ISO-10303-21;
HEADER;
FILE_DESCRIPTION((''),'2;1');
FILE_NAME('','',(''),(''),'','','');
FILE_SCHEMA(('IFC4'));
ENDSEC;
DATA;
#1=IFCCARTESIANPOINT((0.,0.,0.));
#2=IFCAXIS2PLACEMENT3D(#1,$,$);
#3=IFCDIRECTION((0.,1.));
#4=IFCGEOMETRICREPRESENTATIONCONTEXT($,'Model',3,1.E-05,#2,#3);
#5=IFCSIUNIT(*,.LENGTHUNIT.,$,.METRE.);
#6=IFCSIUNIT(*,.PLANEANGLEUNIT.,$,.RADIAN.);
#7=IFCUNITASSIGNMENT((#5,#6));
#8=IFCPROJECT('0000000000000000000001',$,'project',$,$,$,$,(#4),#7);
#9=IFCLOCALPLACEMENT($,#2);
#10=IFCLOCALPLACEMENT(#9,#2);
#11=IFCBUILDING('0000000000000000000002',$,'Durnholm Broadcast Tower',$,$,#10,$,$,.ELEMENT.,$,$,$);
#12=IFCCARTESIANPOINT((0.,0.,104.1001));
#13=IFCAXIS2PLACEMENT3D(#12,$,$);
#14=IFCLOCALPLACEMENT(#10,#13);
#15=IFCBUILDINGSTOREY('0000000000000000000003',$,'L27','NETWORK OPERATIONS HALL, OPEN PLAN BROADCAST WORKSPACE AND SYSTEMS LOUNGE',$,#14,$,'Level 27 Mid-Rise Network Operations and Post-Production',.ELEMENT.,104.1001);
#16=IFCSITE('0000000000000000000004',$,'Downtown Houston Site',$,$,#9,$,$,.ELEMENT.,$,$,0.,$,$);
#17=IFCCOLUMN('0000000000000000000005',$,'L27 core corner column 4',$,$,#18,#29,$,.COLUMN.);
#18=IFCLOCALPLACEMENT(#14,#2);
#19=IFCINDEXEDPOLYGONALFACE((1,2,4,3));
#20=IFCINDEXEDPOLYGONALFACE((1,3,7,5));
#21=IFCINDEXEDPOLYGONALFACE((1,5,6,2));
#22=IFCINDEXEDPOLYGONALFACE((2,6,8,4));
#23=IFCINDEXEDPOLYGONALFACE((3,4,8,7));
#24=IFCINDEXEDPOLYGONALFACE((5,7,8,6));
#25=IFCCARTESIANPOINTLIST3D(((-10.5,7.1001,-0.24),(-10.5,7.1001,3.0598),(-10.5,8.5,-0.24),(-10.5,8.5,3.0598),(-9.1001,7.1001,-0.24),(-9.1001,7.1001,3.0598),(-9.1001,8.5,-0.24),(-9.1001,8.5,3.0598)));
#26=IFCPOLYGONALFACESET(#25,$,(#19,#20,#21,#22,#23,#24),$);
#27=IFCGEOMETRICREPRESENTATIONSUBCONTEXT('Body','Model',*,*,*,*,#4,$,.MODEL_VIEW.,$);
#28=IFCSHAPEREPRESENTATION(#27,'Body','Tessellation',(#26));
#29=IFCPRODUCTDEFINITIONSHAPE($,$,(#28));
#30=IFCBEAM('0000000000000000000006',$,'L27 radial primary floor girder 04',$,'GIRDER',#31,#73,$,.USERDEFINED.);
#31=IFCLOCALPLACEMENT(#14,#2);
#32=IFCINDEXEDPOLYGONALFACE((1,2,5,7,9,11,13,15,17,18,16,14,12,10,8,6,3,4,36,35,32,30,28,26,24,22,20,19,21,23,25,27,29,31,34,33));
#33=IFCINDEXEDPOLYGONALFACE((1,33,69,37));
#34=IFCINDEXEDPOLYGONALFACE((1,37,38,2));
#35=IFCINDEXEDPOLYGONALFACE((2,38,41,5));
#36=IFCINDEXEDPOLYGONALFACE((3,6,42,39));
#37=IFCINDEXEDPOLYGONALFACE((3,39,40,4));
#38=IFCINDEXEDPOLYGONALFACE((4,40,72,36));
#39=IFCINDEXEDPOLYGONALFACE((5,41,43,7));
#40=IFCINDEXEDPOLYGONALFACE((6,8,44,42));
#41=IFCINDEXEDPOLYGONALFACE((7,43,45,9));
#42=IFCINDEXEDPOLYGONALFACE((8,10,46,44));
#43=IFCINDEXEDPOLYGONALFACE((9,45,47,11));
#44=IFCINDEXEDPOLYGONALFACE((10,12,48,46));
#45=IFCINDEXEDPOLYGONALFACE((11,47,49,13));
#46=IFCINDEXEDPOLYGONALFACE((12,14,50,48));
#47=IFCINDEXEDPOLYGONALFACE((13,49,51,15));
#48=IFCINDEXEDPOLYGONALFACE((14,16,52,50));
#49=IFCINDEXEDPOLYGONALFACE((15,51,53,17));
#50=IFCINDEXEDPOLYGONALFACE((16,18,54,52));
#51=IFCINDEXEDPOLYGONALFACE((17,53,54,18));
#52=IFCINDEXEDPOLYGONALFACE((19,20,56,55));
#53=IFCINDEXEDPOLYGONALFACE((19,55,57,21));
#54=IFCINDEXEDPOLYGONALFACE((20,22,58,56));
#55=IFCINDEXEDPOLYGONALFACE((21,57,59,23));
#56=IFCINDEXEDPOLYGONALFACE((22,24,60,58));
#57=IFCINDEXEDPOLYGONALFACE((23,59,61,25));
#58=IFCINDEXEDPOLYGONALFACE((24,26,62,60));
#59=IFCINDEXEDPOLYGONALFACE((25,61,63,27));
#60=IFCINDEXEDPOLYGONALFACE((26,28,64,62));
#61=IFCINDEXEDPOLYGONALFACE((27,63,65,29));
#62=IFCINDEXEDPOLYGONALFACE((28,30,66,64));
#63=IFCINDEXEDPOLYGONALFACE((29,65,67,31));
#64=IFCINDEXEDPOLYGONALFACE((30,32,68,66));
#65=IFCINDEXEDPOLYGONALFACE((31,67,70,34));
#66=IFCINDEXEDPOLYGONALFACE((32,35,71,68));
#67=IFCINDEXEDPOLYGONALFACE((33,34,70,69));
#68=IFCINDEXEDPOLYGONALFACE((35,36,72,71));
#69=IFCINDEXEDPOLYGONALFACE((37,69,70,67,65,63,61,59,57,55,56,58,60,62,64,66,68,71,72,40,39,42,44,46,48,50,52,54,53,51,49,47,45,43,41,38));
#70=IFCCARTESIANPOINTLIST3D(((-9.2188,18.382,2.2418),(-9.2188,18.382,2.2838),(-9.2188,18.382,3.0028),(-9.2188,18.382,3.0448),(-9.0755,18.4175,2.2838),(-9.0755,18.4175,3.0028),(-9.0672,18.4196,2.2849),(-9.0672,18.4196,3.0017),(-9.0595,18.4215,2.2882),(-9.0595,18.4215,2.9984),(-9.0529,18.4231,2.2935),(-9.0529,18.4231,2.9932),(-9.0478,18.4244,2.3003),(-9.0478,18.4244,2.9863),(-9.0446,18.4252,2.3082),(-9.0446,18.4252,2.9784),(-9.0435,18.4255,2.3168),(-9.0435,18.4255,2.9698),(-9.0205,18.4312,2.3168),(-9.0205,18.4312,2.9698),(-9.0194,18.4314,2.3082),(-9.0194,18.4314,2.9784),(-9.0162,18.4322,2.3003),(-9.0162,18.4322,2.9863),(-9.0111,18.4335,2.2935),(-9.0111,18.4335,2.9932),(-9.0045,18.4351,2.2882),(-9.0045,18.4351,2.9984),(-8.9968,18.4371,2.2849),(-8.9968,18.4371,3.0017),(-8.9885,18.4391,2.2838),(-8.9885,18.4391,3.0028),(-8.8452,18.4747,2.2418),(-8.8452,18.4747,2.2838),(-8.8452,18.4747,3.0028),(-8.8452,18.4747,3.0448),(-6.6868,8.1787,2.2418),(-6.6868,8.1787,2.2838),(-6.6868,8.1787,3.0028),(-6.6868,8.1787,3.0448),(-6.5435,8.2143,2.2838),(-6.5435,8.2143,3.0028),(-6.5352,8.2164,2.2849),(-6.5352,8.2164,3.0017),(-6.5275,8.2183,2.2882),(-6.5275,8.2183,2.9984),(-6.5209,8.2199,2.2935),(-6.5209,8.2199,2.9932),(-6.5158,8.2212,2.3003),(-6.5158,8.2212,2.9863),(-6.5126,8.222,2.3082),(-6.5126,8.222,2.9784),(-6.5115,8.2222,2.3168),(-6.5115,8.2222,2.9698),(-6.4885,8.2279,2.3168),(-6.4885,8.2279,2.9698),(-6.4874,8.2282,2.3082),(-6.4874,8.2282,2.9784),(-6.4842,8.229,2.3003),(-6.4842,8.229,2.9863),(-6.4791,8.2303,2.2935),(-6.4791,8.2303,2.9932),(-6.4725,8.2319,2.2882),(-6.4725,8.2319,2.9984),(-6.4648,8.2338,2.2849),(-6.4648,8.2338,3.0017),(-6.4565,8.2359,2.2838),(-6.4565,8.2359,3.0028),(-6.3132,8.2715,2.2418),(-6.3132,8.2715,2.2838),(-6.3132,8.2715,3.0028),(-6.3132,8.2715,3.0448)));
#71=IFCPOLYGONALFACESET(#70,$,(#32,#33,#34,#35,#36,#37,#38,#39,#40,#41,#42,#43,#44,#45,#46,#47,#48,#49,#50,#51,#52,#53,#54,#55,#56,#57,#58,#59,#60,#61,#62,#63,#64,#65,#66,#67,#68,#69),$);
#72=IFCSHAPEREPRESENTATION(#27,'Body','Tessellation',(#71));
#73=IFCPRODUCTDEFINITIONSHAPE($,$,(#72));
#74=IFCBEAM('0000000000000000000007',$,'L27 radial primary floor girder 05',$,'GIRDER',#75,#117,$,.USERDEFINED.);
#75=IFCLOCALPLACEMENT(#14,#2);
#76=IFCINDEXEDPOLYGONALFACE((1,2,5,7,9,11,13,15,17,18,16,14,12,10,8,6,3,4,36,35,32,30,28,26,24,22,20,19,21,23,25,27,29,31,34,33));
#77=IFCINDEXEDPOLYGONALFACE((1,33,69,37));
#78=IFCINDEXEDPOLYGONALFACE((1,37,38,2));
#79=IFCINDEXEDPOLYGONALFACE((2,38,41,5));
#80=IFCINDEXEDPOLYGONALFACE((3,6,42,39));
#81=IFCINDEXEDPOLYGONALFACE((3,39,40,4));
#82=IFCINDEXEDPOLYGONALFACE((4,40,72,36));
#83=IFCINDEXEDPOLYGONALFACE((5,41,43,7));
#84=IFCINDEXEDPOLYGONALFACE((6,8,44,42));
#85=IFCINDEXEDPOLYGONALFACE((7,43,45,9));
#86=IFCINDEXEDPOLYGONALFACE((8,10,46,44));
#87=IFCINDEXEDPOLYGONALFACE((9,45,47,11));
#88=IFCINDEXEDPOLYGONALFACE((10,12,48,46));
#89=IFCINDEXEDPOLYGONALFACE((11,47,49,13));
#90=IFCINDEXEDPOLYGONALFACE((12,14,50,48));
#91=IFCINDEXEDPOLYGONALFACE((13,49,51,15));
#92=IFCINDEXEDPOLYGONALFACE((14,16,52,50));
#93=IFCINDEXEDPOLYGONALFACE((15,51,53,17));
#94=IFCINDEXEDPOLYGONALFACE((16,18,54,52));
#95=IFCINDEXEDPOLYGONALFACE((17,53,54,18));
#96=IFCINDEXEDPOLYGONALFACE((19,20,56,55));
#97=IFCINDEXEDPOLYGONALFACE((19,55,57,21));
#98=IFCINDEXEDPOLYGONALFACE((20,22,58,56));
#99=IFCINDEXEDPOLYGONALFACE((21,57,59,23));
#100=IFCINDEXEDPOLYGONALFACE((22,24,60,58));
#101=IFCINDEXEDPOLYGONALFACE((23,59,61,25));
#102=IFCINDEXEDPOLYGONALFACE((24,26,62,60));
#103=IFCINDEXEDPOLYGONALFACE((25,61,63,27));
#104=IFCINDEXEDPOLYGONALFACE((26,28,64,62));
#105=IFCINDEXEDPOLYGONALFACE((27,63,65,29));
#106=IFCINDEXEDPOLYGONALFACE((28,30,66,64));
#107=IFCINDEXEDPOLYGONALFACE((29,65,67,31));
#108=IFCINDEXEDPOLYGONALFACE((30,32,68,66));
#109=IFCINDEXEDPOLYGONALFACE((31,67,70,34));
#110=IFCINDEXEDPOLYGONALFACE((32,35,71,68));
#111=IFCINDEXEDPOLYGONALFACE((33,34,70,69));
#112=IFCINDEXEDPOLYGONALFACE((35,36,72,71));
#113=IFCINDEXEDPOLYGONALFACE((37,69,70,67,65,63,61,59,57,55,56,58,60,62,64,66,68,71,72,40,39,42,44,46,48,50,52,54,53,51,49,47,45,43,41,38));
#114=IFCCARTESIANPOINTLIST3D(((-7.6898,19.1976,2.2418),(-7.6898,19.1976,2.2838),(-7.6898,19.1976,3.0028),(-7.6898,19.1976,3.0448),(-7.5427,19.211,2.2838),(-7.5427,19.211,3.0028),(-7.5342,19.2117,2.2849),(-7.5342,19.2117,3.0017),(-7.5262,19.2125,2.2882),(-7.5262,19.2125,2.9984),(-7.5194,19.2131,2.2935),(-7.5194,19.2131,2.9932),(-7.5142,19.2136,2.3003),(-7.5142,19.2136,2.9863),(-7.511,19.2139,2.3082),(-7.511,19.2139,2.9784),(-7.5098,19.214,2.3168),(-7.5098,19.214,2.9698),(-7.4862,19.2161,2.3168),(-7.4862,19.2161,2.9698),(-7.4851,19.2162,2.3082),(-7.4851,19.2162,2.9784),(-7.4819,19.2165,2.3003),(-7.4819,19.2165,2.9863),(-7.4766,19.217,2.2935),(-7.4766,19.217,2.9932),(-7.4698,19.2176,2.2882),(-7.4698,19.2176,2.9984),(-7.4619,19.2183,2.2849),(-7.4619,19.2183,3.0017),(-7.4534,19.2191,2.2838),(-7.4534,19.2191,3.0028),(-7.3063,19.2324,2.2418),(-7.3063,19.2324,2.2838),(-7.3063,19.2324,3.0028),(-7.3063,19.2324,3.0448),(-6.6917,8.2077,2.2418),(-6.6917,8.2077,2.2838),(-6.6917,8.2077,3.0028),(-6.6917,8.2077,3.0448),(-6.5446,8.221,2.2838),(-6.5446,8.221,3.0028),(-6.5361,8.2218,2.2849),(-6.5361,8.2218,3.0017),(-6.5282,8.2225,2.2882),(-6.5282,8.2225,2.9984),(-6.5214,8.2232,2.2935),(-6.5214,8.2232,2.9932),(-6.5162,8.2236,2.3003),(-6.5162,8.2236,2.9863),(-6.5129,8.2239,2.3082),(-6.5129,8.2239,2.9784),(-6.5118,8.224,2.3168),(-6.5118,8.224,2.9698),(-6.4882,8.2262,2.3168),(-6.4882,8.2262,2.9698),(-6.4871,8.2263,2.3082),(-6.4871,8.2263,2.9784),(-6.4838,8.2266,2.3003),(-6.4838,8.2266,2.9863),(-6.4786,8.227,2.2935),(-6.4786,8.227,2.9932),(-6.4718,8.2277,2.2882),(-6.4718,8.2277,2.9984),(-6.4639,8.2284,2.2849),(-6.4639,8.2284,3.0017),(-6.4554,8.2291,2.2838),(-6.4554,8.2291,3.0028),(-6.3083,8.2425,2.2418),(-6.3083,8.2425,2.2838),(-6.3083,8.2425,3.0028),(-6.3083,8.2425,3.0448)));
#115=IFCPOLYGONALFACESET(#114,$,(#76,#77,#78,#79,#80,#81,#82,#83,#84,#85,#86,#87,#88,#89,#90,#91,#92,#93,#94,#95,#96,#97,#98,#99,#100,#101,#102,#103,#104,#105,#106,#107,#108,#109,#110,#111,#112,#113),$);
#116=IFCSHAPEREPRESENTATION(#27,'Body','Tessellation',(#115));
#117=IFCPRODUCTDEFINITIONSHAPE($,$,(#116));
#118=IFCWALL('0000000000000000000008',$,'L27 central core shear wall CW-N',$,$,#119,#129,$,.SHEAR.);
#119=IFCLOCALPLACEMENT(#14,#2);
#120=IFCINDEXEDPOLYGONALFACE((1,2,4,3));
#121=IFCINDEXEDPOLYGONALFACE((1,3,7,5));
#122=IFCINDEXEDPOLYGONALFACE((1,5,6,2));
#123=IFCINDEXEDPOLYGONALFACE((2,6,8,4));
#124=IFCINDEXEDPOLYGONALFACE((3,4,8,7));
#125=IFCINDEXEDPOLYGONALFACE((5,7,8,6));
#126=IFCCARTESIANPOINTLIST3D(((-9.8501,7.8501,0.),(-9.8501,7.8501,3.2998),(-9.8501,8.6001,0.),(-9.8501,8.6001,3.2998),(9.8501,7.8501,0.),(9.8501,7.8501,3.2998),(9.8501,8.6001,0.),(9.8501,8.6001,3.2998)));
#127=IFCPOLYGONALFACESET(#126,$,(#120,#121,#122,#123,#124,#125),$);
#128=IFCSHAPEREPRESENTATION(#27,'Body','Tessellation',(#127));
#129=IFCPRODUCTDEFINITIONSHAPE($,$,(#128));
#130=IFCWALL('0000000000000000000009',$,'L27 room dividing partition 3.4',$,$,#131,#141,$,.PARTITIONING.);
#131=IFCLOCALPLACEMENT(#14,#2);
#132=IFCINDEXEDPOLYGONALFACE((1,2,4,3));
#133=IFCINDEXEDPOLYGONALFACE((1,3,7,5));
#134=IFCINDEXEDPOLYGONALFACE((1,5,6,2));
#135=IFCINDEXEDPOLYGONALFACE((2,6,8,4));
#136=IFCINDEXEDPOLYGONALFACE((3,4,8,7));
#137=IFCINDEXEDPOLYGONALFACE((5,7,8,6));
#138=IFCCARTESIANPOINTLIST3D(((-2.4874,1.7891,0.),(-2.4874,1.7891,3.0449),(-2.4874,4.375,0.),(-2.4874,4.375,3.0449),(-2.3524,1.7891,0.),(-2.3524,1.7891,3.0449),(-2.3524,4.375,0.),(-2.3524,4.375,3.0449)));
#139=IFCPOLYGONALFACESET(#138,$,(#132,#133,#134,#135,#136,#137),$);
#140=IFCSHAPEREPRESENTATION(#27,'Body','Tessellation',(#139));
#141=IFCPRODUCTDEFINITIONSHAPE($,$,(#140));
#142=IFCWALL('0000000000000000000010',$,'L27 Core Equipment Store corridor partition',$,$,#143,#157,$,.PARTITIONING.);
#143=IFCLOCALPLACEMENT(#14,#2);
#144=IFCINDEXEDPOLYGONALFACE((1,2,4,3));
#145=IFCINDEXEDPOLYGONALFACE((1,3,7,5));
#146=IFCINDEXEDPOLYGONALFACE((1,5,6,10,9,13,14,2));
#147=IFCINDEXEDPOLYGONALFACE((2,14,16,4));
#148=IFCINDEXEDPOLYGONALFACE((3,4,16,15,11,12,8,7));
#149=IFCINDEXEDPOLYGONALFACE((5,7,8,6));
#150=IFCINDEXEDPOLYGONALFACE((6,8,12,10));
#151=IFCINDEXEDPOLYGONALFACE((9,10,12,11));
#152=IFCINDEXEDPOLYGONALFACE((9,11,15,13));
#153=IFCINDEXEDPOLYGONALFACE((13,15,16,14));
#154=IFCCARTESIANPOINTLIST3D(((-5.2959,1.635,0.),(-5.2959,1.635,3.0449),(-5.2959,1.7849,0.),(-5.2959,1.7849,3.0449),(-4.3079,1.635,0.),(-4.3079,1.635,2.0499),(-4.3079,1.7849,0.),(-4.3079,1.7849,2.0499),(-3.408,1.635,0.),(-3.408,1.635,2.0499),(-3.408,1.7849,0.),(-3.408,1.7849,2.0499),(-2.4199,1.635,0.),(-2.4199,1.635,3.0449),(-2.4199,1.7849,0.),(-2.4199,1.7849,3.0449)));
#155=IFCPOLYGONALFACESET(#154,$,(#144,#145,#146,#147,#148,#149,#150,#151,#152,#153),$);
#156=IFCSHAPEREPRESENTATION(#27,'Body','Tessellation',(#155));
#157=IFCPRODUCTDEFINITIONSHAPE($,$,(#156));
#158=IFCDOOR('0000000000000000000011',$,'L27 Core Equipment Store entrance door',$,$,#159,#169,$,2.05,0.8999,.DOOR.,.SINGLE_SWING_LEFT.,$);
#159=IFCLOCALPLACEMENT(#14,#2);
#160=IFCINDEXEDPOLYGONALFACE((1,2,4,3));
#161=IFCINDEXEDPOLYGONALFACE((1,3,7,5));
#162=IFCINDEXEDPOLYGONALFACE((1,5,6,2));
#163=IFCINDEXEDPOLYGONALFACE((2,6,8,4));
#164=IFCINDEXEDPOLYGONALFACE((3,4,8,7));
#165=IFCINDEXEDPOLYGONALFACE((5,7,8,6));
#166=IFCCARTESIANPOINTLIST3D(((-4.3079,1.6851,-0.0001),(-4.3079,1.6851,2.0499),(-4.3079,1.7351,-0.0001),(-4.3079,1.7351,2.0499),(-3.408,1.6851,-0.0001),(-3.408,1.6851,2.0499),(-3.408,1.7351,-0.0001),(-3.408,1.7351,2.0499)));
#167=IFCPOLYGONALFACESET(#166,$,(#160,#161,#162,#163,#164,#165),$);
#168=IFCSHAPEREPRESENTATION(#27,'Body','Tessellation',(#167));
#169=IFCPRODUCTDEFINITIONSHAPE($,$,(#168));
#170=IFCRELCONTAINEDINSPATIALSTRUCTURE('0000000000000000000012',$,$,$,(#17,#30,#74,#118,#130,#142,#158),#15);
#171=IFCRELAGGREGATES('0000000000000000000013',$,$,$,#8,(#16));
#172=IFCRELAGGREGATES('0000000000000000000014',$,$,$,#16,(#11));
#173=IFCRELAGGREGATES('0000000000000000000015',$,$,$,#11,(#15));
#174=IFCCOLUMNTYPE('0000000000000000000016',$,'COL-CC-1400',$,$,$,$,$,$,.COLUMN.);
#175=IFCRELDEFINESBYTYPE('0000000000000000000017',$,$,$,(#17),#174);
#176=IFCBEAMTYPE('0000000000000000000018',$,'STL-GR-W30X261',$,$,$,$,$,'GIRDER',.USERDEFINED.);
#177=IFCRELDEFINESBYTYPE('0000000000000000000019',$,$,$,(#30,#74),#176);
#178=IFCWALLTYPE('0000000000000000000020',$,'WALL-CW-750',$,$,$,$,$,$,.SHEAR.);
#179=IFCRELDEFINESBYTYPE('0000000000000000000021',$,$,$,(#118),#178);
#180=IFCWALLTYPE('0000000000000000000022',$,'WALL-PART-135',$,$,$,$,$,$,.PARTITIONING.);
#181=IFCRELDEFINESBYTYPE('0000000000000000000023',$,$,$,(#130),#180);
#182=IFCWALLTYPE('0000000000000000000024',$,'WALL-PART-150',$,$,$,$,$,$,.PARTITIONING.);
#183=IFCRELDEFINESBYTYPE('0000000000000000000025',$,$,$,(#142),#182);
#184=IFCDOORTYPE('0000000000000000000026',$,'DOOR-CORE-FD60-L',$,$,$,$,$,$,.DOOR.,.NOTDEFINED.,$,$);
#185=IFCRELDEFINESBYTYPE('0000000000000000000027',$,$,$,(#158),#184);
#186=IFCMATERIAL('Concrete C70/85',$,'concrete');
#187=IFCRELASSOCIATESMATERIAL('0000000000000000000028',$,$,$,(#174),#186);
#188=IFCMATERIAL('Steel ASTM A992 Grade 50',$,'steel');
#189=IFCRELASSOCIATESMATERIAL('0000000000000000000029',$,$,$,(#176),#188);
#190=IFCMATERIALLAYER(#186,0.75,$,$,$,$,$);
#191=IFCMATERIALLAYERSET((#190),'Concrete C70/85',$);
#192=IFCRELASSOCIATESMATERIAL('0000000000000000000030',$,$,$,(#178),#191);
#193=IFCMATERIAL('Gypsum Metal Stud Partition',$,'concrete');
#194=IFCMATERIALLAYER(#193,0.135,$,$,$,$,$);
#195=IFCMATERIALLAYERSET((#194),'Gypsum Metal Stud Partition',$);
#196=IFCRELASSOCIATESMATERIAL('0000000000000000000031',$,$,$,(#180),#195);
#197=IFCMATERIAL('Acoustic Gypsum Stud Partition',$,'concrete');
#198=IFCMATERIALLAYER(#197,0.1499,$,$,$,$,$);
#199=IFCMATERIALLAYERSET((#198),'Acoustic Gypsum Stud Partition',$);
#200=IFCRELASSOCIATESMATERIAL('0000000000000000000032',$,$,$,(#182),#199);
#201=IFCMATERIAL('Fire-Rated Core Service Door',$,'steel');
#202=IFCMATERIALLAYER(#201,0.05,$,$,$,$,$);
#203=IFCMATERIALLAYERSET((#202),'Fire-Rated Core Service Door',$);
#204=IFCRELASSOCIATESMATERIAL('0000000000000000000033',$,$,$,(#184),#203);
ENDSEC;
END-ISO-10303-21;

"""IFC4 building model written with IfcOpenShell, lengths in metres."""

from ifc_helpers import new_model, si_unit, direction, frame, frame_2d, origin, origin_2d, place, context, subcontext, project, spatial, rectangle, i_section, extrude, source, transform, mapped, material, layer, layer_set, material_profile, profile_set, type_object, type_shapes, element, fill, save


model = new_model("IFC4")

# Units and contexts
model_context = context("Model", 3, precision=1e-05, world=origin(), true_north=direction((0.0, 1.0)))
body_context = subcontext(model_context, "Body", "Model", "MODEL_VIEW")
ifc_project = project(units=[si_unit("LENGTHUNIT", "METRE"), si_unit("PLANEANGLEUNIT", "RADIAN")], contexts=[model_context])

# Site, building, storey
site_placement = place(None, origin())
site = spatial("IfcSite", under=ifc_project, at=site_placement, Name="Downtown Houston Site", CompositionType="ELEMENT", RefElevation=0.0)
building_placement = place(site_placement, origin())
building = spatial("IfcBuilding", under=site, at=building_placement, Name="Durnholm Broadcast Tower", CompositionType="ELEMENT")
storey_placement = place(building_placement, frame((0.0, 0.0, 104.1001)))
storey = spatial("IfcBuildingStorey", under=building, at=storey_placement, Name="L27", Description="NETWORK OPERATIONS HALL, OPEN PLAN BROADCAST WORKSPACE AND SYSTEMS LOUNGE", LongName="Level 27 Mid-Rise Network Operations and Post-Production", CompositionType="ELEMENT", Elevation=104.1001)

# Column
ifc_material_1 = material(Name="Concrete C70/85", Category="concrete")
ifc_material_profile_1 = material_profile(ifc_material_1, rectangle(XDim=1.3999, YDim=1.3999, at=origin_2d()), Name="RC1400X1400")
ifc_profile_set_1 = profile_set([ifc_material_profile_1], Name="Concrete C70/85")
column_type = type_object("IfcColumnType", Name="COL-CC-1400", PredefinedType="COLUMN", material=ifc_profile_set_1)
shared_shape_1 = source(origin(), body_context, "Body", "SweptSolid", [
    extrude(rectangle(XDim=1.3999, YDim=1.3999, at=origin_2d()), origin(), (0.0, 0.0, 1.0), 3.2998),
])
type_shapes(column_type, [shared_shape_1])
column_placement = place(storey_placement, frame((-9.8, 7.8, -0.24), z_axis=(0.0, 0.0, 1.0), x_axis=(1.0, 0.0, 0.0)))
element("IfcColumn", 1, at=column_placement, inside=storey, type_object=column_type, Name="L27 core corner column 4", PredefinedType="COLUMN", context=body_context, shape_type="MappedRepresentation", body=[
    mapped(shared_shape_1, transform((0.0, 0.0, 0.0), x_axis=(1.0, 0.0, 0.0), y_axis=(0.0, 1.0, 0.0), z_axis=(0.0, 0.0, 1.0), scale=1.0)),
])

# Beams
ifc_material_2 = material(Name="Steel ASTM A992 Grade 50", Category="steel")
ifc_material_profile_2 = material_profile(ifc_material_2, i_section(OverallWidth=0.385, OverallDepth=0.803, WebThickness=0.0237, FlangeThickness=0.042, FilletRadius=0.033, at=origin_2d()), Name="W30X261")
ifc_profile_set_2 = profile_set([ifc_material_profile_2], Name="Steel ASTM A992 Grade 50")
beam_type = type_object("IfcBeamType", Name="STL-GR-W30X261", ElementType="GIRDER", PredefinedType="USERDEFINED", material=ifc_profile_set_2)
shared_shape_2 = source(origin(), body_context, "Body", "SweptSolid", [
    extrude(i_section(OverallWidth=0.385, OverallDepth=0.803, WebThickness=0.0237, FlangeThickness=0.042, FilletRadius=0.033, at=origin_2d()), origin(), (0.0, 0.0, 1.0), 10.5127),
])
beam_1_placement = place(storey_placement, frame((-6.5, 8.2251, 2.6433), z_axis=(-0.240852, 0.970562, 0.0), x_axis=(-0.970562, -0.240852, 0.0)))
element("IfcBeam", 2, at=beam_1_placement, inside=storey, type_object=beam_type, Name="L27 radial primary floor girder 04", ObjectType="GIRDER", PredefinedType="USERDEFINED", context=body_context, shape_type="MappedRepresentation", body=[
    mapped(shared_shape_2, transform((0.0, 0.0, 0.0), x_axis=(1.0, 0.0, 0.0), y_axis=(0.0, 1.0, 0.0), z_axis=(0.0, 0.0, 1.0), scale=1.0)),
])
shared_shape_3 = source(origin(), body_context, "Body", "SweptSolid", [
    extrude(i_section(OverallWidth=0.385, OverallDepth=0.803, WebThickness=0.0237, FlangeThickness=0.042, FilletRadius=0.033, at=origin_2d()), origin(), (0.0, 0.0, 1.0), 11.0352),
])
type_shapes(beam_type, [shared_shape_2, shared_shape_3])
beam_2_placement = place(storey_placement, frame((-6.5, 8.2251, 2.6433), z_axis=(-0.090442, 0.995902, 0.0), x_axis=(-0.995902, -0.090442, 0.0)))
element("IfcBeam", 3, at=beam_2_placement, inside=storey, type_object=beam_type, Name="L27 radial primary floor girder 05", ObjectType="GIRDER", PredefinedType="USERDEFINED", context=body_context, shape_type="MappedRepresentation", body=[
    mapped(shared_shape_3, transform((0.0, 0.0, 0.0), x_axis=(1.0, 0.0, 0.0), y_axis=(0.0, 1.0, 0.0), z_axis=(0.0, 0.0, 1.0), scale=1.0)),
])

# Walls
ifc_layer_1 = layer(ifc_material_1, 0.75)
ifc_layer_set_1 = layer_set([ifc_layer_1], Name="Concrete C70/85")
wall_type_1 = type_object("IfcWallType", Name="WALL-CW-750", PredefinedType="SHEAR", material=ifc_layer_set_1)
wall_1_placement = place(storey_placement, frame((-9.8501, 8.2251, 0.0), z_axis=(0.0, 0.0, 1.0), x_axis=(1.0, 0.0, 0.0)))
element("IfcWall", 4, at=wall_1_placement, inside=storey, type_object=wall_type_1, Name="L27 central core shear wall CW-N", PredefinedType="SHEAR", context=body_context, shape_type="SweptSolid", body=[
    extrude(rectangle(XDim=19.7002, YDim=0.75, at=frame_2d((9.8501, 0.0))), origin(), (0.0, 0.0, 1.0), 3.2998),
])
ifc_material_3 = material(Name="Gypsum Metal Stud Partition", Category="concrete")
ifc_layer_2 = layer(ifc_material_3, 0.135)
ifc_layer_set_2 = layer_set([ifc_layer_2], Name="Gypsum Metal Stud Partition")
wall_type_2 = type_object("IfcWallType", Name="WALL-PART-135", PredefinedType="PARTITIONING", material=ifc_layer_set_2)
wall_2_placement = place(storey_placement, frame((-2.4199, 4.375, 0.0), z_axis=(0.0, 0.0, 1.0), x_axis=(0.0, -1.0, 0.0)))
element("IfcWall", 5, at=wall_2_placement, inside=storey, type_object=wall_type_2, Name="L27 room dividing partition 3.4", PredefinedType="PARTITIONING", context=body_context, shape_type="SweptSolid", body=[
    extrude(rectangle(XDim=2.5859, YDim=0.135, at=frame_2d((1.293, 0.0))), origin(), (0.0, 0.0, 1.0), 3.0449),
])

# Wall, opening, door
ifc_material_4 = material(Name="Acoustic Gypsum Stud Partition", Category="concrete")
ifc_layer_3 = layer(ifc_material_4, 0.1499)
ifc_layer_set_3 = layer_set([ifc_layer_3], Name="Acoustic Gypsum Stud Partition")
wall_type_3 = type_object("IfcWallType", Name="WALL-PART-150", PredefinedType="PARTITIONING", material=ifc_layer_set_3)
wall_3_placement = place(storey_placement, frame((-2.4199, 1.71, 0.0), z_axis=(0.0, 0.0, 1.0), x_axis=(-1.0, 0.0, 0.0)))
wall_3 = element("IfcWall", 6, at=wall_3_placement, inside=storey, type_object=wall_type_3, Name="L27 Core Equipment Store corridor partition", PredefinedType="PARTITIONING", context=body_context, shape_type="SweptSolid", body=[
    extrude(rectangle(XDim=2.876, YDim=0.1499, at=frame_2d((1.438, 0.0))), origin(), (0.0, 0.0, 1.0), 3.0449),
])
opening_1_placement = place(wall_3_placement, frame((0.988, 0.0, 0.0)))
opening_1 = element("IfcOpeningElement", 7, at=opening_1_placement, cuts=wall_3, PredefinedType="OPENING", context=body_context, shape_type="SweptSolid", body=[
    extrude(rectangle(XDim=0.8999, YDim=2.05, at=frame_2d((0.45, 1.0249))), frame((0.0, 0.085, 0.0), z_axis=(0.0, -1.0, 0.0), x_axis=(1.0, 0.0, 0.0)), (0.0, 0.0, 1.0), 0.1699),
])
ifc_material_5 = material(Name="Fire-Rated Core Service Door", Category="steel")
ifc_layer_4 = layer(ifc_material_5, 0.05)
ifc_layer_set_4 = layer_set([ifc_layer_4], Name="Fire-Rated Core Service Door")
door_type_1 = type_object("IfcDoorType", Name="DOOR-CORE-FD60-L", OperationType="NOTDEFINED", PredefinedType="DOOR", material=ifc_layer_set_4)
shared_shape_4 = source(origin(), body_context, "Body", "SweptSolid", [
    extrude(rectangle(XDim=0.8999, YDim=2.05, at=frame_2d((0.45, 1.0249))), frame((0.0, 0.0249, 0.0), z_axis=(0.0, -1.0, 0.0), x_axis=(1.0, 0.0, 0.0)), (0.0, 0.0, 1.0), 0.05),
])
type_shapes(door_type_1, [shared_shape_4])
door_1_placement = place(opening_1_placement, origin())
door_1 = element("IfcDoor", 8, at=door_1_placement, inside=storey, type_object=door_type_1, Name="L27 Core Equipment Store entrance door", OperationType="SINGLE_SWING_LEFT", OverallHeight=2.05, OverallWidth=0.8999, PredefinedType="DOOR", context=body_context, shape_type="MappedRepresentation", body=[
    mapped(shared_shape_4, transform((0.0, 0.0, 0.0), x_axis=(1.0, 0.0, 0.0), y_axis=(0.0, 1.0, 0.0), z_axis=(0.0, 0.0, 1.0), scale=1.0)),
])
fill(opening_1, door_1)

save(model, "model.ifc")
